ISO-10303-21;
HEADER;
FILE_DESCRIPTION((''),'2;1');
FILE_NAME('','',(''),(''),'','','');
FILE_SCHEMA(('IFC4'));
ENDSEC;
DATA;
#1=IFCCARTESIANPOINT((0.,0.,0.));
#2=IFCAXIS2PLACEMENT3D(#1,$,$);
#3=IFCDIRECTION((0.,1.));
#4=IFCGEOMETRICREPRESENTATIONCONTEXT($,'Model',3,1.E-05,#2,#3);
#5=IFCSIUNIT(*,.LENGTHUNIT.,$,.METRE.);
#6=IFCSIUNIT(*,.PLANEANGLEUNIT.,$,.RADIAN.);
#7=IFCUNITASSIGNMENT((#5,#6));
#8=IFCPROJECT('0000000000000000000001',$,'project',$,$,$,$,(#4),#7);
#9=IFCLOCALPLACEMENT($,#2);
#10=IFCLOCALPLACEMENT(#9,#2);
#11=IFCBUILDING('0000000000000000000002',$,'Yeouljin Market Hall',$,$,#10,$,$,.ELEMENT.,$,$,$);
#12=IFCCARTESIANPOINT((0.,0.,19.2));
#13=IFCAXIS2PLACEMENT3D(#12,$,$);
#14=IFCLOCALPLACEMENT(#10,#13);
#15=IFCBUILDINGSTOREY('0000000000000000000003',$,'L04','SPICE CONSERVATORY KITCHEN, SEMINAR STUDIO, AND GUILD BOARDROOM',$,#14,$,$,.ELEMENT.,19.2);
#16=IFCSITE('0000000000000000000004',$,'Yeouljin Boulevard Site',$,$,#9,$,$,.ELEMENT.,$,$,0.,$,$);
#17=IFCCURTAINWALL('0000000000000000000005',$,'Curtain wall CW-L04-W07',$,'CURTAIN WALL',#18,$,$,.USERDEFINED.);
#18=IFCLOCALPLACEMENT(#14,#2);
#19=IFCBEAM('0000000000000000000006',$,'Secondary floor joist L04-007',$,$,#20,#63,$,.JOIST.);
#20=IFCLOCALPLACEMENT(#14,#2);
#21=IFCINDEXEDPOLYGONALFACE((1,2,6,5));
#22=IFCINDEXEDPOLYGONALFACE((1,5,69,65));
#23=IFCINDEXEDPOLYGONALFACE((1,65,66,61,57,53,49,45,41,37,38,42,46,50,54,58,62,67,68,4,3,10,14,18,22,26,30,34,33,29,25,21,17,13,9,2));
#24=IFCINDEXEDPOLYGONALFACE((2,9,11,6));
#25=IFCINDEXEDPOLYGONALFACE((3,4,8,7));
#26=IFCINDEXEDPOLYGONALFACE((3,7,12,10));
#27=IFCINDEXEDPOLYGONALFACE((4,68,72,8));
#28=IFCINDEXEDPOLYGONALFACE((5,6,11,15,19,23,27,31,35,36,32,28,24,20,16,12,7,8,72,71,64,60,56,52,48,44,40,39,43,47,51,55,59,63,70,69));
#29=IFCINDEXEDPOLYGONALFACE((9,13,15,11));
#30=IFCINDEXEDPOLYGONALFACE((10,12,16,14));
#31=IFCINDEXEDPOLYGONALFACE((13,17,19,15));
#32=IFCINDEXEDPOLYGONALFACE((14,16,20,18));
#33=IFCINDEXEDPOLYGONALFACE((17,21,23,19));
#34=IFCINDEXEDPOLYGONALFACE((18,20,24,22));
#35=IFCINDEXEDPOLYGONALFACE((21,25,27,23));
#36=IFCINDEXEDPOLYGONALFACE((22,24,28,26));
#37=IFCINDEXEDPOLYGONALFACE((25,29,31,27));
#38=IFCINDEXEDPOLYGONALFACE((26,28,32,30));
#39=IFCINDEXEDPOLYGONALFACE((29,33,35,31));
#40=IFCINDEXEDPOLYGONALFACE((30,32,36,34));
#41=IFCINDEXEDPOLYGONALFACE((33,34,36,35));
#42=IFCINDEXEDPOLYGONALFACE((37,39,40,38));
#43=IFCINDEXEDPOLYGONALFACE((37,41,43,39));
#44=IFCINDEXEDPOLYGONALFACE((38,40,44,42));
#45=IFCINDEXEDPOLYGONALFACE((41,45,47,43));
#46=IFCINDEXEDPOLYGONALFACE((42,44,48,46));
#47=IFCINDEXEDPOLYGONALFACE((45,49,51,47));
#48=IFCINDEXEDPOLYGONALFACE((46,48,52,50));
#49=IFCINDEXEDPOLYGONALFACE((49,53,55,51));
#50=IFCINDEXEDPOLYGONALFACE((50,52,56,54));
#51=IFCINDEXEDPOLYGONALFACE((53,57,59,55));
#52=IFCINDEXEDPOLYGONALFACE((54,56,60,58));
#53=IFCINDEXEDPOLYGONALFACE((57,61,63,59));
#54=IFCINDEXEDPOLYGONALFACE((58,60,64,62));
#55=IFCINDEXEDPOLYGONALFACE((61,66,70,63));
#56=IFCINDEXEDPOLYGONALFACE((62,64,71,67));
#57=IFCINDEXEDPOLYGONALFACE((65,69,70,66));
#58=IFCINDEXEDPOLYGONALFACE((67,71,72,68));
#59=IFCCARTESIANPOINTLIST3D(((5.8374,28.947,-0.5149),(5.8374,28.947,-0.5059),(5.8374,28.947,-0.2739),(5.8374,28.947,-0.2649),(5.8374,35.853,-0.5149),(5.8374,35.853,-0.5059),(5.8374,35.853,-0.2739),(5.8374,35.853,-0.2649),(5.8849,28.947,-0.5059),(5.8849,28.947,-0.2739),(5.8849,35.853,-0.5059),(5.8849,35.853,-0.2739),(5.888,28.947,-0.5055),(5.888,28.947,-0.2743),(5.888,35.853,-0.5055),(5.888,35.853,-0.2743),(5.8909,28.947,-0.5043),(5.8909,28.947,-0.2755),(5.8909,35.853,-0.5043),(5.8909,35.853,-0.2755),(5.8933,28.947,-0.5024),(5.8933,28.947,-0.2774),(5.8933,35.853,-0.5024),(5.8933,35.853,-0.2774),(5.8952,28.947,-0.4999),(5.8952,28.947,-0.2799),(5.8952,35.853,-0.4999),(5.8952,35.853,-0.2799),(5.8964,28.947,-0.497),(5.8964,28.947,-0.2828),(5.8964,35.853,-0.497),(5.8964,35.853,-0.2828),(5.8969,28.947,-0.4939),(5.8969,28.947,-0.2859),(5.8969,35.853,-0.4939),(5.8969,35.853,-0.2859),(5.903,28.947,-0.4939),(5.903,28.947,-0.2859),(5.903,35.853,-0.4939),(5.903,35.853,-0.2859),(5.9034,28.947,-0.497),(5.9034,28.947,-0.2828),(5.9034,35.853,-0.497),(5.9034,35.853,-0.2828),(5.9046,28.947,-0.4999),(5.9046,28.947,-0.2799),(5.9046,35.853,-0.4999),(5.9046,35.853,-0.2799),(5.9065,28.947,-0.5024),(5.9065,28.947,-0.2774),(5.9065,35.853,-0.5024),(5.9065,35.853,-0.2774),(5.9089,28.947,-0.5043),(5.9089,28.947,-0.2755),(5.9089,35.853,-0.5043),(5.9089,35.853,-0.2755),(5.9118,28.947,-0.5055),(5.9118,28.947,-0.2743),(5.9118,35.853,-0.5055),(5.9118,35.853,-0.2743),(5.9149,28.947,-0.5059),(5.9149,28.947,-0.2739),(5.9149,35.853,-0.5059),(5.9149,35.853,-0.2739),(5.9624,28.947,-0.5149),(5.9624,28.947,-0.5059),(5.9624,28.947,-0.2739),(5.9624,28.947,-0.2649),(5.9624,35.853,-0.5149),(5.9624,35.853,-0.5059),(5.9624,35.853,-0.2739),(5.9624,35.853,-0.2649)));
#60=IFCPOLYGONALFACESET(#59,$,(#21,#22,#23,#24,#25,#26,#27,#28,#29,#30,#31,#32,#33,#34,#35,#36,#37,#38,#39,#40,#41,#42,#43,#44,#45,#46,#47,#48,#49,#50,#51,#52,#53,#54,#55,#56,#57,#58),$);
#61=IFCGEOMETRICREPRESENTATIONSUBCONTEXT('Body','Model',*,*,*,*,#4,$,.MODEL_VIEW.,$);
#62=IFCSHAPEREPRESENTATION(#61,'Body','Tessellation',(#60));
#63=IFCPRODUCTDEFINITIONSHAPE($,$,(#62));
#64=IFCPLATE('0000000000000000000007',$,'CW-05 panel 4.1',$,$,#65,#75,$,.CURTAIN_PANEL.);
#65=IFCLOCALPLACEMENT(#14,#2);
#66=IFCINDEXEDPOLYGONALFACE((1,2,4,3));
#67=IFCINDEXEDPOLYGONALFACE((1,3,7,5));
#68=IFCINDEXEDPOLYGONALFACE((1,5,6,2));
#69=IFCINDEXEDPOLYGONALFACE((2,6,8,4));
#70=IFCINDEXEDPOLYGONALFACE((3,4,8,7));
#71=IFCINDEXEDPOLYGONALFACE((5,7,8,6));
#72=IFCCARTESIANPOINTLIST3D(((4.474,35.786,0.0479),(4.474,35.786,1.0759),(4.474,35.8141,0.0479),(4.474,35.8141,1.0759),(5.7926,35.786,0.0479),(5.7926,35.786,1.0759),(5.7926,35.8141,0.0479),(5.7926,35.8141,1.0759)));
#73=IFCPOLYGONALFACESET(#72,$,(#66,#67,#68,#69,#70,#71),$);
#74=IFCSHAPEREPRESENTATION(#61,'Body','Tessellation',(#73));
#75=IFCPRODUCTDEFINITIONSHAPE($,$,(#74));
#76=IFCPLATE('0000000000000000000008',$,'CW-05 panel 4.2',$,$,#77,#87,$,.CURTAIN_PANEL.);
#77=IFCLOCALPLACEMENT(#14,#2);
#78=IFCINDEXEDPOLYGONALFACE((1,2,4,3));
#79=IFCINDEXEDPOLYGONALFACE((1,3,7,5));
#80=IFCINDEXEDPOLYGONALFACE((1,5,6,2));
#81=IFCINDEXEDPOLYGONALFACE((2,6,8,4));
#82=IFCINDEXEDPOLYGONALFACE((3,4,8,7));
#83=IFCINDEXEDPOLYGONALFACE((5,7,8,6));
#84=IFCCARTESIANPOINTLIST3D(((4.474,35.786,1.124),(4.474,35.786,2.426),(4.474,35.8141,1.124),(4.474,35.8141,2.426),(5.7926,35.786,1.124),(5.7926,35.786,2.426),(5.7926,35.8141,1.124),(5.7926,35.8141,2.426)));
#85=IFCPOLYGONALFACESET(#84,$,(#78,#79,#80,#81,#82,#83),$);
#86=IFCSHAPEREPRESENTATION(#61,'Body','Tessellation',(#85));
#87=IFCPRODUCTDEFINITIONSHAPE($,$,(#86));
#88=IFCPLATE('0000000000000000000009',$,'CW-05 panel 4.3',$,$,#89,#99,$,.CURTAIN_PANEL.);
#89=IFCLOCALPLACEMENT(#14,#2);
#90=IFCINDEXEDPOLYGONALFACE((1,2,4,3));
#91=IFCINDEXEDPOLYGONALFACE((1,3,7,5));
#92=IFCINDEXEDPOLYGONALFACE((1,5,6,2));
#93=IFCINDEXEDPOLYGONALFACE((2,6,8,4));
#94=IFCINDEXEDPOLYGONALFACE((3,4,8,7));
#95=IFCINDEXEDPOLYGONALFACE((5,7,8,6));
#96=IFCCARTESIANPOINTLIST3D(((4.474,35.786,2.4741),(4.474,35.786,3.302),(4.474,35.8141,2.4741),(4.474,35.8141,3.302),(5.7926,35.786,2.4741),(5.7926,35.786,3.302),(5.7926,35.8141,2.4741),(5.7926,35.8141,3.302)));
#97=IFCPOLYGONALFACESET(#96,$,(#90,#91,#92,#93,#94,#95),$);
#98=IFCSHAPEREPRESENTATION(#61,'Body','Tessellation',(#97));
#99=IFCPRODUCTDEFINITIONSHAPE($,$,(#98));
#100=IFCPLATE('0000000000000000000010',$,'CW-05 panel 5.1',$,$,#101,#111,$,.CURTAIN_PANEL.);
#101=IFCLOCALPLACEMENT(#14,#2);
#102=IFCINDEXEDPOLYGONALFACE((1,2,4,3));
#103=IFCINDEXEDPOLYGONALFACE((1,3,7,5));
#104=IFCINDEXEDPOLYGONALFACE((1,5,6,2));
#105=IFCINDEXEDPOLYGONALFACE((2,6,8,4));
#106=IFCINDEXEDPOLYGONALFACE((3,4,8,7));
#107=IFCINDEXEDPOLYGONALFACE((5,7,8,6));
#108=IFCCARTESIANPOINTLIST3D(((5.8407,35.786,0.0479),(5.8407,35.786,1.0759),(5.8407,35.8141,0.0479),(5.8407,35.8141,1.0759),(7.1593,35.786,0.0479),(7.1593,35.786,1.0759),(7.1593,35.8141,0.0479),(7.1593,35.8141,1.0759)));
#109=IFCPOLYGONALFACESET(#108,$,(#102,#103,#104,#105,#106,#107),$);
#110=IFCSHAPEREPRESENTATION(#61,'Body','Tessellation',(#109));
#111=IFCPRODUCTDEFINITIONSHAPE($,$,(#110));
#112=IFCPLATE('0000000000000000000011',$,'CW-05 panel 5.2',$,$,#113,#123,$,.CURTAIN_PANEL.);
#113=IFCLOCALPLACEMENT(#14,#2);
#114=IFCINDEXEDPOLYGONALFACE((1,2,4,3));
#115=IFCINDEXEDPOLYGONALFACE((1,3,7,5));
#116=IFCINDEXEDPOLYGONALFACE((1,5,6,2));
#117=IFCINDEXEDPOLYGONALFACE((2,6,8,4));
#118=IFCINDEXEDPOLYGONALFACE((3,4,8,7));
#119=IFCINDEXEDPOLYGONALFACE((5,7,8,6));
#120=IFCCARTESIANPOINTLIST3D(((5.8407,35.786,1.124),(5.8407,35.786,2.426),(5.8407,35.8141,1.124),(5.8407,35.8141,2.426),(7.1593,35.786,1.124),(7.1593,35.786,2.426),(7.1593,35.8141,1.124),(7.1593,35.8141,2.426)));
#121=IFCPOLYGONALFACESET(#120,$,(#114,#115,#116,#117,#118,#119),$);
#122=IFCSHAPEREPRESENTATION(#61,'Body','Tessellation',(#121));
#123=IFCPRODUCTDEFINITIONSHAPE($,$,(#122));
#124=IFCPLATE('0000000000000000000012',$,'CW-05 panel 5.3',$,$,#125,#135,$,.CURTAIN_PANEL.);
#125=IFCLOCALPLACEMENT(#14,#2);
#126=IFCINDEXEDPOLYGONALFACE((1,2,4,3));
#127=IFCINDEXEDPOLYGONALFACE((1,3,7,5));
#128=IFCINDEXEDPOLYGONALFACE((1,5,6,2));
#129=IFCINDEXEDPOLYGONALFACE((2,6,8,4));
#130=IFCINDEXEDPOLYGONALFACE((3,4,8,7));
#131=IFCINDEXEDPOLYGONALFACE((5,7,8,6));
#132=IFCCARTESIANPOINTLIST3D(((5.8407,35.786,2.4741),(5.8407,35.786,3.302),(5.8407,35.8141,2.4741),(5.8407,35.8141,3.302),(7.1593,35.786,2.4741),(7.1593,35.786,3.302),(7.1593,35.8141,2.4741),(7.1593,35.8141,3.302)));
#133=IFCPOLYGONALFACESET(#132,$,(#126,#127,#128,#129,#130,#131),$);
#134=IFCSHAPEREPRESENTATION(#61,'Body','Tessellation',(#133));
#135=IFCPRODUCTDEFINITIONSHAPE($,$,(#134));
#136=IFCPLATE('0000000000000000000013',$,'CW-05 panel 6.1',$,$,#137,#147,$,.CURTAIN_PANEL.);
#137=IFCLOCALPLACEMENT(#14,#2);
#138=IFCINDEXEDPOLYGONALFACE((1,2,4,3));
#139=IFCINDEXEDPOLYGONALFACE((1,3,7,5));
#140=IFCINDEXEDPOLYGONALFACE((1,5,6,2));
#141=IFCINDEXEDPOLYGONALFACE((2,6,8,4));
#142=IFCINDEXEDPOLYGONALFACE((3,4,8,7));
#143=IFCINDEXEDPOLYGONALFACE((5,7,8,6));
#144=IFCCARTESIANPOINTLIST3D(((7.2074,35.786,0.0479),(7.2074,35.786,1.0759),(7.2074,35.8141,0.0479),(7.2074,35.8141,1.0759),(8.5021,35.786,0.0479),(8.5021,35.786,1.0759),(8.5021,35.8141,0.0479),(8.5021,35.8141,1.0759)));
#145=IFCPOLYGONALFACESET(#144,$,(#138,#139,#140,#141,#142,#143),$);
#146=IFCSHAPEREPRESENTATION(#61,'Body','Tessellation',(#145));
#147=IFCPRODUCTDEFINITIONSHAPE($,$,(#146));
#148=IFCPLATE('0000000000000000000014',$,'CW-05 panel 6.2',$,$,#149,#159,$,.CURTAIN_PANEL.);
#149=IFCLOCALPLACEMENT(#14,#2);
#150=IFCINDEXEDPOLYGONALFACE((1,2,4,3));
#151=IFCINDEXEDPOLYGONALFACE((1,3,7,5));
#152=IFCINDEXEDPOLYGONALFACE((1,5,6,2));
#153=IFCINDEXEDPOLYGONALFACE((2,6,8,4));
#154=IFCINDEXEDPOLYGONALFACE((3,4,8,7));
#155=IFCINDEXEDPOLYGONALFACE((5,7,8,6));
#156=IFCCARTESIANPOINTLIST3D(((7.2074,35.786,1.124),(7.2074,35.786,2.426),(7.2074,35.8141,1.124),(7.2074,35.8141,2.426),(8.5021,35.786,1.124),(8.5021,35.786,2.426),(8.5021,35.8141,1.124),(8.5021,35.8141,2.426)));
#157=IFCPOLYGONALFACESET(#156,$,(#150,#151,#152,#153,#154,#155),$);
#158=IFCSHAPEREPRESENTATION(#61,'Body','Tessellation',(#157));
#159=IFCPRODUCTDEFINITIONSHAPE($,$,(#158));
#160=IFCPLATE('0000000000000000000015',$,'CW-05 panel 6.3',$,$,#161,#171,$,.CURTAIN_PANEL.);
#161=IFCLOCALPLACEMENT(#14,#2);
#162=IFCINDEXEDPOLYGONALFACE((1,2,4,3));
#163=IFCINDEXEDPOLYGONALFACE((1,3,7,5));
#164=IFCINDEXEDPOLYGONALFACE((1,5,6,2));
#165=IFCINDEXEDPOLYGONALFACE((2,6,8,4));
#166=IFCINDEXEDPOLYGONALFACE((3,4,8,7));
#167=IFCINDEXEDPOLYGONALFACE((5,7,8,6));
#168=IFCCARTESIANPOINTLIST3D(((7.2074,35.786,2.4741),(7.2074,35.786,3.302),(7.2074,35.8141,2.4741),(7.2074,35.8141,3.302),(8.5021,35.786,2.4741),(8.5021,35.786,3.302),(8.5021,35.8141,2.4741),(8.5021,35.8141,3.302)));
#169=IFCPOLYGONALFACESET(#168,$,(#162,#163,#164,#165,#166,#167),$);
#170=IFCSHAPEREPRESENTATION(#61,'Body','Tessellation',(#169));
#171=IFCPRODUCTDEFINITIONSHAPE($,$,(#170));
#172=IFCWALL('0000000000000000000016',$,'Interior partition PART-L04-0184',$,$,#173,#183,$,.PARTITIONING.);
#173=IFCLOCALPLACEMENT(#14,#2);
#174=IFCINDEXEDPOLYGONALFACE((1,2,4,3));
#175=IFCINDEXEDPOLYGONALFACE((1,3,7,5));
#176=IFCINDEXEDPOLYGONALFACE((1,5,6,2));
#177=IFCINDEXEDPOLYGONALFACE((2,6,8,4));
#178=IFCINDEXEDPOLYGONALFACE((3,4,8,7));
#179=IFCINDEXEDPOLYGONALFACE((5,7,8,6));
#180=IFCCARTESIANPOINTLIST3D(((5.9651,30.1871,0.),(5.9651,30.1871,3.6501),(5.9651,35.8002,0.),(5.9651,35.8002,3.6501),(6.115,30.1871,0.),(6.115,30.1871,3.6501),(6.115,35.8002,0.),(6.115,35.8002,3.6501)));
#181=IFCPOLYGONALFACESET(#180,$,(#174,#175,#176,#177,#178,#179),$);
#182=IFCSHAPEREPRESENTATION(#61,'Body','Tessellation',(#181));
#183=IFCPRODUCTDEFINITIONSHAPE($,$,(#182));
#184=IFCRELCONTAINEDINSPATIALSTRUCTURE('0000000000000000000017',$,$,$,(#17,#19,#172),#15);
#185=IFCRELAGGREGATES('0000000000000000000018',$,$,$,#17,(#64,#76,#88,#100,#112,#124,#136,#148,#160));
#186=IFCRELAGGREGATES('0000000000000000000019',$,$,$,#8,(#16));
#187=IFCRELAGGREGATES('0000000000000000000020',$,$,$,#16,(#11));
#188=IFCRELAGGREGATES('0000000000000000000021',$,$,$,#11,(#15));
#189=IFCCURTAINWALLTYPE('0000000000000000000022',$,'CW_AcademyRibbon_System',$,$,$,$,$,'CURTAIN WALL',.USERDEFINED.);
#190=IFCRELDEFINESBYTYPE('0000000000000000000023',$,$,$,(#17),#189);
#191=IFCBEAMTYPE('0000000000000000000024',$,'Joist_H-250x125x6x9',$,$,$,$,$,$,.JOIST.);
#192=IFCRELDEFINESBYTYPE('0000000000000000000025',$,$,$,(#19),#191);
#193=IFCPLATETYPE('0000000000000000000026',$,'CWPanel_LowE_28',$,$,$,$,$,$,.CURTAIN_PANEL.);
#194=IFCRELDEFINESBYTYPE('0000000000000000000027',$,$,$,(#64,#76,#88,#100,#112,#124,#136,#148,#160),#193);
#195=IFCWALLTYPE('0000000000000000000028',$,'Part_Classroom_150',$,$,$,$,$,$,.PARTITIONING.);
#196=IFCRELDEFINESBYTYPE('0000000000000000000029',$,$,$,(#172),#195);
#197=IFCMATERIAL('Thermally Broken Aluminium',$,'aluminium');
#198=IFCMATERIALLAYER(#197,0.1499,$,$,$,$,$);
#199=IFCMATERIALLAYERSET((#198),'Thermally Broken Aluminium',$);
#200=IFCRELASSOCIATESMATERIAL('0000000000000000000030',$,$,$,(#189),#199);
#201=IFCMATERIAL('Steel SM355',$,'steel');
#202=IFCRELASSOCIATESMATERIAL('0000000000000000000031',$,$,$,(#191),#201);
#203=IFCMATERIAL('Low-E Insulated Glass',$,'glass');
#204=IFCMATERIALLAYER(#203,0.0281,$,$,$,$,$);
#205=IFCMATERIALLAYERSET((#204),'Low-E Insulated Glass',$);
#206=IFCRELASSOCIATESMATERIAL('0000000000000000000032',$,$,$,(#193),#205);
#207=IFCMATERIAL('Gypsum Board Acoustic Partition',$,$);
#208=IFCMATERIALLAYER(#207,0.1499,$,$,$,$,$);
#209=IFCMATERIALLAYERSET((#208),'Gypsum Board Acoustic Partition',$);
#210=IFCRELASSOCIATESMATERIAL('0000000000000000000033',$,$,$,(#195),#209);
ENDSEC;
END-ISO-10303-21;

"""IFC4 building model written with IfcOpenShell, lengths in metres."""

from ifc_helpers import new_model, si_unit, direction, frame, frame_2d, origin, origin_2d, place, context, subcontext, project, spatial, rectangle, i_section, extrude, material, layer, layer_set, material_profile, profile_set, type_object, element, aggregate, save


model = new_model("IFC4")

# Units and contexts
model_context = context("Model", 3, precision=1e-05, world=origin(), true_north=direction((0.0, 1.0)))
body_context = subcontext(model_context, "Body", "Model", "MODEL_VIEW")
ifc_project = project(units=[si_unit("LENGTHUNIT", "METRE"), si_unit("PLANEANGLEUNIT", "RADIAN")], contexts=[model_context])

# Site, building, storey
site_placement = place(None, origin())
site = spatial("IfcSite", under=ifc_project, at=site_placement, Name="Yeouljin Boulevard Site", CompositionType="ELEMENT", RefElevation=0.0)
building_placement = place(site_placement, origin())
building = spatial("IfcBuilding", under=site, at=building_placement, Name="Yeouljin Market Hall", CompositionType="ELEMENT")
storey_placement = place(building_placement, frame((0.0, 0.0, 19.2)))
storey = spatial("IfcBuildingStorey", under=building, at=storey_placement, Name="L04", Description="SPICE CONSERVATORY KITCHEN, SEMINAR STUDIO, AND GUILD BOARDROOM", CompositionType="ELEMENT", Elevation=19.2)

# Curtain wall
ifc_material_1 = material(Name="Thermally Broken Aluminium", Category="aluminium")
ifc_layer_1 = layer(ifc_material_1, 0.1499)
ifc_layer_set_1 = layer_set([ifc_layer_1], Name="Thermally Broken Aluminium")
curtain_wall_type = type_object("IfcCurtainWallType", Name="CW_AcademyRibbon_System", ElementType="CURTAIN WALL", PredefinedType="USERDEFINED", material=ifc_layer_set_1)
curtain_wall_placement = place(storey_placement, origin())
curtain_wall = element("IfcCurtainWall", 1, at=curtain_wall_placement, inside=storey, type_object=curtain_wall_type, Name="Curtain wall CW-L04-W07", ObjectType="CURTAIN WALL", PredefinedType="USERDEFINED")

# Beam
ifc_material_2 = material(Name="Steel SM355", Category="steel")
ifc_material_profile_1 = material_profile(ifc_material_2, i_section(OverallWidth=0.125, OverallDepth=0.25, WebThickness=0.0061, FlangeThickness=0.009, FilletRadius=0.012, at=origin_2d()), Name="H-250x125x6x9")
ifc_profile_set_1 = profile_set([ifc_material_profile_1], Name="Steel SM355")
beam_type_1 = type_object("IfcBeamType", Name="Joist_H-250x125x6x9", PredefinedType="JOIST", material=ifc_profile_set_1)
beam_1_placement = place(storey_placement, frame((5.8999, 28.947, -0.3899), z_axis=(0.0, 1.0, 0.0), x_axis=(-1.0, 0.0, 0.0)))
element("IfcBeam", 2, at=beam_1_placement, inside=storey, type_object=beam_type_1, Name="Secondary floor joist L04-007", PredefinedType="JOIST", context=body_context, shape_type="SweptSolid", body=[
    extrude(i_section(OverallWidth=0.125, OverallDepth=0.25, WebThickness=0.0061, FlangeThickness=0.009, FilletRadius=0.012, at=origin_2d()), origin(), (0.0, 0.0, 1.0), 6.906),
])

# Plates
ifc_material_3 = material(Name="Low-E Insulated Glass", Category="glass")
ifc_layer_2 = layer(ifc_material_3, 0.0281)
ifc_layer_set_2 = layer_set([ifc_layer_2], Name="Low-E Insulated Glass")
plate_type = type_object("IfcPlateType", Name="CWPanel_LowE_28", PredefinedType="CURTAIN_PANEL", material=ifc_layer_set_2)
plate_1_placement = place(storey_placement, frame((5.1333, 35.8, 0.0479), z_axis=(0.0, 0.0, 1.0), x_axis=(1.0, 0.0, 0.0)))
plate_1 = element("IfcPlate", 3, at=plate_1_placement, type_object=plate_type, Name="CW-05 panel 4.1", PredefinedType="CURTAIN_PANEL", context=body_context, shape_type="SweptSolid", body=[
    extrude(rectangle(XDim=1.3186, YDim=0.0281, at=origin_2d()), origin(), (0.0, 0.0, 1.0), 1.0281),
])
plate_2_placement = place(storey_placement, frame((5.1333, 35.8, 1.124), z_axis=(0.0, 0.0, 1.0), x_axis=(1.0, 0.0, 0.0)))
plate_2 = element("IfcPlate", 4, at=plate_2_placement, type_object=plate_type, Name="CW-05 panel 4.2", PredefinedType="CURTAIN_PANEL", context=body_context, shape_type="SweptSolid", body=[
    extrude(rectangle(XDim=1.3186, YDim=0.0281, at=origin_2d()), origin(), (0.0, 0.0, 1.0), 1.302),
])
plate_3_placement = place(storey_placement, frame((5.1333, 35.8, 2.4741), z_axis=(0.0, 0.0, 1.0), x_axis=(1.0, 0.0, 0.0)))
plate_3 = element("IfcPlate", 5, at=plate_3_placement, type_object=plate_type, Name="CW-05 panel 4.3", PredefinedType="CURTAIN_PANEL", context=body_context, shape_type="SweptSolid", body=[
    extrude(rectangle(XDim=1.3186, YDim=0.0281, at=origin_2d()), origin(), (0.0, 0.0, 1.0), 0.8279),
])
plate_4_placement = place(storey_placement, frame((6.5, 35.8, 0.0479), z_axis=(0.0, 0.0, 1.0), x_axis=(1.0, 0.0, 0.0)))
plate_4 = element("IfcPlate", 6, at=plate_4_placement, type_object=plate_type, Name="CW-05 panel 5.1", PredefinedType="CURTAIN_PANEL", context=body_context, shape_type="SweptSolid", body=[
    extrude(rectangle(XDim=1.3186, YDim=0.0281, at=origin_2d()), origin(), (0.0, 0.0, 1.0), 1.0281),
])
plate_5_placement = place(storey_placement, frame((6.5, 35.8, 1.124), z_axis=(0.0, 0.0, 1.0), x_axis=(1.0, 0.0, 0.0)))
plate_5 = element("IfcPlate", 7, at=plate_5_placement, type_object=plate_type, Name="CW-05 panel 5.2", PredefinedType="CURTAIN_PANEL", context=body_context, shape_type="SweptSolid", body=[
    extrude(rectangle(XDim=1.3186, YDim=0.0281, at=origin_2d()), origin(), (0.0, 0.0, 1.0), 1.302),
])
plate_6_placement = place(storey_placement, frame((6.5, 35.8, 2.4741), z_axis=(0.0, 0.0, 1.0), x_axis=(1.0, 0.0, 0.0)))
plate_6 = element("IfcPlate", 8, at=plate_6_placement, type_object=plate_type, Name="CW-05 panel 5.3", PredefinedType="CURTAIN_PANEL", context=body_context, shape_type="SweptSolid", body=[
    extrude(rectangle(XDim=1.3186, YDim=0.0281, at=origin_2d()), origin(), (0.0, 0.0, 1.0), 0.8279),
])
plate_7_placement = place(storey_placement, frame((7.8547, 35.8, 0.0479), z_axis=(0.0, 0.0, 1.0), x_axis=(1.0, 0.0, 0.0)))
plate_7 = element("IfcPlate", 9, at=plate_7_placement, type_object=plate_type, Name="CW-05 panel 6.1", PredefinedType="CURTAIN_PANEL", context=body_context, shape_type="SweptSolid", body=[
    extrude(rectangle(XDim=1.2947, YDim=0.0281, at=origin_2d()), origin(), (0.0, 0.0, 1.0), 1.0281),
])
plate_8_placement = place(storey_placement, frame((7.8547, 35.8, 1.124), z_axis=(0.0, 0.0, 1.0), x_axis=(1.0, 0.0, 0.0)))
plate_8 = element("IfcPlate", 10, at=plate_8_placement, type_object=plate_type, Name="CW-05 panel 6.2", PredefinedType="CURTAIN_PANEL", context=body_context, shape_type="SweptSolid", body=[
    extrude(rectangle(XDim=1.2947, YDim=0.0281, at=origin_2d()), origin(), (0.0, 0.0, 1.0), 1.302),
])
plate_9_placement = place(storey_placement, frame((7.8547, 35.8, 2.4741), z_axis=(0.0, 0.0, 1.0), x_axis=(1.0, 0.0, 0.0)))
plate_9 = element("IfcPlate", 11, at=plate_9_placement, type_object=plate_type, Name="CW-05 panel 6.3", PredefinedType="CURTAIN_PANEL", context=body_context, shape_type="SweptSolid", body=[
    extrude(rectangle(XDim=1.2947, YDim=0.0281, at=origin_2d()), origin(), (0.0, 0.0, 1.0), 0.8279),
])
aggregate(curtain_wall, [plate_1, plate_2, plate_3, plate_4, plate_5, plate_6, plate_7, plate_8, plate_9])

# Wall
ifc_material_4 = material(Name="Gypsum Board Acoustic Partition")
ifc_layer_3 = layer(ifc_material_4, 0.1499)
ifc_layer_set_3 = layer_set([ifc_layer_3], Name="Gypsum Board Acoustic Partition")
wall_type_1 = type_object("IfcWallType", Name="Part_Classroom_150", PredefinedType="PARTITIONING", material=ifc_layer_set_3)
wall_1_placement = place(storey_placement, frame((6.04, 30.187, 0.0), z_axis=(0.0, 0.0, 1.0), x_axis=(0.0, 1.0, 0.0)))
element("IfcWall", 12, at=wall_1_placement, inside=storey, type_object=wall_type_1, Name="Interior partition PART-L04-0184", PredefinedType="PARTITIONING", context=body_context, shape_type="SweptSolid", body=[
    extrude(rectangle(XDim=5.613, YDim=0.1499, at=frame_2d((2.8066, 0.0))), origin(), (0.0, 0.0, 1.0), 3.6501),
])

save(model, "model.ifc")
